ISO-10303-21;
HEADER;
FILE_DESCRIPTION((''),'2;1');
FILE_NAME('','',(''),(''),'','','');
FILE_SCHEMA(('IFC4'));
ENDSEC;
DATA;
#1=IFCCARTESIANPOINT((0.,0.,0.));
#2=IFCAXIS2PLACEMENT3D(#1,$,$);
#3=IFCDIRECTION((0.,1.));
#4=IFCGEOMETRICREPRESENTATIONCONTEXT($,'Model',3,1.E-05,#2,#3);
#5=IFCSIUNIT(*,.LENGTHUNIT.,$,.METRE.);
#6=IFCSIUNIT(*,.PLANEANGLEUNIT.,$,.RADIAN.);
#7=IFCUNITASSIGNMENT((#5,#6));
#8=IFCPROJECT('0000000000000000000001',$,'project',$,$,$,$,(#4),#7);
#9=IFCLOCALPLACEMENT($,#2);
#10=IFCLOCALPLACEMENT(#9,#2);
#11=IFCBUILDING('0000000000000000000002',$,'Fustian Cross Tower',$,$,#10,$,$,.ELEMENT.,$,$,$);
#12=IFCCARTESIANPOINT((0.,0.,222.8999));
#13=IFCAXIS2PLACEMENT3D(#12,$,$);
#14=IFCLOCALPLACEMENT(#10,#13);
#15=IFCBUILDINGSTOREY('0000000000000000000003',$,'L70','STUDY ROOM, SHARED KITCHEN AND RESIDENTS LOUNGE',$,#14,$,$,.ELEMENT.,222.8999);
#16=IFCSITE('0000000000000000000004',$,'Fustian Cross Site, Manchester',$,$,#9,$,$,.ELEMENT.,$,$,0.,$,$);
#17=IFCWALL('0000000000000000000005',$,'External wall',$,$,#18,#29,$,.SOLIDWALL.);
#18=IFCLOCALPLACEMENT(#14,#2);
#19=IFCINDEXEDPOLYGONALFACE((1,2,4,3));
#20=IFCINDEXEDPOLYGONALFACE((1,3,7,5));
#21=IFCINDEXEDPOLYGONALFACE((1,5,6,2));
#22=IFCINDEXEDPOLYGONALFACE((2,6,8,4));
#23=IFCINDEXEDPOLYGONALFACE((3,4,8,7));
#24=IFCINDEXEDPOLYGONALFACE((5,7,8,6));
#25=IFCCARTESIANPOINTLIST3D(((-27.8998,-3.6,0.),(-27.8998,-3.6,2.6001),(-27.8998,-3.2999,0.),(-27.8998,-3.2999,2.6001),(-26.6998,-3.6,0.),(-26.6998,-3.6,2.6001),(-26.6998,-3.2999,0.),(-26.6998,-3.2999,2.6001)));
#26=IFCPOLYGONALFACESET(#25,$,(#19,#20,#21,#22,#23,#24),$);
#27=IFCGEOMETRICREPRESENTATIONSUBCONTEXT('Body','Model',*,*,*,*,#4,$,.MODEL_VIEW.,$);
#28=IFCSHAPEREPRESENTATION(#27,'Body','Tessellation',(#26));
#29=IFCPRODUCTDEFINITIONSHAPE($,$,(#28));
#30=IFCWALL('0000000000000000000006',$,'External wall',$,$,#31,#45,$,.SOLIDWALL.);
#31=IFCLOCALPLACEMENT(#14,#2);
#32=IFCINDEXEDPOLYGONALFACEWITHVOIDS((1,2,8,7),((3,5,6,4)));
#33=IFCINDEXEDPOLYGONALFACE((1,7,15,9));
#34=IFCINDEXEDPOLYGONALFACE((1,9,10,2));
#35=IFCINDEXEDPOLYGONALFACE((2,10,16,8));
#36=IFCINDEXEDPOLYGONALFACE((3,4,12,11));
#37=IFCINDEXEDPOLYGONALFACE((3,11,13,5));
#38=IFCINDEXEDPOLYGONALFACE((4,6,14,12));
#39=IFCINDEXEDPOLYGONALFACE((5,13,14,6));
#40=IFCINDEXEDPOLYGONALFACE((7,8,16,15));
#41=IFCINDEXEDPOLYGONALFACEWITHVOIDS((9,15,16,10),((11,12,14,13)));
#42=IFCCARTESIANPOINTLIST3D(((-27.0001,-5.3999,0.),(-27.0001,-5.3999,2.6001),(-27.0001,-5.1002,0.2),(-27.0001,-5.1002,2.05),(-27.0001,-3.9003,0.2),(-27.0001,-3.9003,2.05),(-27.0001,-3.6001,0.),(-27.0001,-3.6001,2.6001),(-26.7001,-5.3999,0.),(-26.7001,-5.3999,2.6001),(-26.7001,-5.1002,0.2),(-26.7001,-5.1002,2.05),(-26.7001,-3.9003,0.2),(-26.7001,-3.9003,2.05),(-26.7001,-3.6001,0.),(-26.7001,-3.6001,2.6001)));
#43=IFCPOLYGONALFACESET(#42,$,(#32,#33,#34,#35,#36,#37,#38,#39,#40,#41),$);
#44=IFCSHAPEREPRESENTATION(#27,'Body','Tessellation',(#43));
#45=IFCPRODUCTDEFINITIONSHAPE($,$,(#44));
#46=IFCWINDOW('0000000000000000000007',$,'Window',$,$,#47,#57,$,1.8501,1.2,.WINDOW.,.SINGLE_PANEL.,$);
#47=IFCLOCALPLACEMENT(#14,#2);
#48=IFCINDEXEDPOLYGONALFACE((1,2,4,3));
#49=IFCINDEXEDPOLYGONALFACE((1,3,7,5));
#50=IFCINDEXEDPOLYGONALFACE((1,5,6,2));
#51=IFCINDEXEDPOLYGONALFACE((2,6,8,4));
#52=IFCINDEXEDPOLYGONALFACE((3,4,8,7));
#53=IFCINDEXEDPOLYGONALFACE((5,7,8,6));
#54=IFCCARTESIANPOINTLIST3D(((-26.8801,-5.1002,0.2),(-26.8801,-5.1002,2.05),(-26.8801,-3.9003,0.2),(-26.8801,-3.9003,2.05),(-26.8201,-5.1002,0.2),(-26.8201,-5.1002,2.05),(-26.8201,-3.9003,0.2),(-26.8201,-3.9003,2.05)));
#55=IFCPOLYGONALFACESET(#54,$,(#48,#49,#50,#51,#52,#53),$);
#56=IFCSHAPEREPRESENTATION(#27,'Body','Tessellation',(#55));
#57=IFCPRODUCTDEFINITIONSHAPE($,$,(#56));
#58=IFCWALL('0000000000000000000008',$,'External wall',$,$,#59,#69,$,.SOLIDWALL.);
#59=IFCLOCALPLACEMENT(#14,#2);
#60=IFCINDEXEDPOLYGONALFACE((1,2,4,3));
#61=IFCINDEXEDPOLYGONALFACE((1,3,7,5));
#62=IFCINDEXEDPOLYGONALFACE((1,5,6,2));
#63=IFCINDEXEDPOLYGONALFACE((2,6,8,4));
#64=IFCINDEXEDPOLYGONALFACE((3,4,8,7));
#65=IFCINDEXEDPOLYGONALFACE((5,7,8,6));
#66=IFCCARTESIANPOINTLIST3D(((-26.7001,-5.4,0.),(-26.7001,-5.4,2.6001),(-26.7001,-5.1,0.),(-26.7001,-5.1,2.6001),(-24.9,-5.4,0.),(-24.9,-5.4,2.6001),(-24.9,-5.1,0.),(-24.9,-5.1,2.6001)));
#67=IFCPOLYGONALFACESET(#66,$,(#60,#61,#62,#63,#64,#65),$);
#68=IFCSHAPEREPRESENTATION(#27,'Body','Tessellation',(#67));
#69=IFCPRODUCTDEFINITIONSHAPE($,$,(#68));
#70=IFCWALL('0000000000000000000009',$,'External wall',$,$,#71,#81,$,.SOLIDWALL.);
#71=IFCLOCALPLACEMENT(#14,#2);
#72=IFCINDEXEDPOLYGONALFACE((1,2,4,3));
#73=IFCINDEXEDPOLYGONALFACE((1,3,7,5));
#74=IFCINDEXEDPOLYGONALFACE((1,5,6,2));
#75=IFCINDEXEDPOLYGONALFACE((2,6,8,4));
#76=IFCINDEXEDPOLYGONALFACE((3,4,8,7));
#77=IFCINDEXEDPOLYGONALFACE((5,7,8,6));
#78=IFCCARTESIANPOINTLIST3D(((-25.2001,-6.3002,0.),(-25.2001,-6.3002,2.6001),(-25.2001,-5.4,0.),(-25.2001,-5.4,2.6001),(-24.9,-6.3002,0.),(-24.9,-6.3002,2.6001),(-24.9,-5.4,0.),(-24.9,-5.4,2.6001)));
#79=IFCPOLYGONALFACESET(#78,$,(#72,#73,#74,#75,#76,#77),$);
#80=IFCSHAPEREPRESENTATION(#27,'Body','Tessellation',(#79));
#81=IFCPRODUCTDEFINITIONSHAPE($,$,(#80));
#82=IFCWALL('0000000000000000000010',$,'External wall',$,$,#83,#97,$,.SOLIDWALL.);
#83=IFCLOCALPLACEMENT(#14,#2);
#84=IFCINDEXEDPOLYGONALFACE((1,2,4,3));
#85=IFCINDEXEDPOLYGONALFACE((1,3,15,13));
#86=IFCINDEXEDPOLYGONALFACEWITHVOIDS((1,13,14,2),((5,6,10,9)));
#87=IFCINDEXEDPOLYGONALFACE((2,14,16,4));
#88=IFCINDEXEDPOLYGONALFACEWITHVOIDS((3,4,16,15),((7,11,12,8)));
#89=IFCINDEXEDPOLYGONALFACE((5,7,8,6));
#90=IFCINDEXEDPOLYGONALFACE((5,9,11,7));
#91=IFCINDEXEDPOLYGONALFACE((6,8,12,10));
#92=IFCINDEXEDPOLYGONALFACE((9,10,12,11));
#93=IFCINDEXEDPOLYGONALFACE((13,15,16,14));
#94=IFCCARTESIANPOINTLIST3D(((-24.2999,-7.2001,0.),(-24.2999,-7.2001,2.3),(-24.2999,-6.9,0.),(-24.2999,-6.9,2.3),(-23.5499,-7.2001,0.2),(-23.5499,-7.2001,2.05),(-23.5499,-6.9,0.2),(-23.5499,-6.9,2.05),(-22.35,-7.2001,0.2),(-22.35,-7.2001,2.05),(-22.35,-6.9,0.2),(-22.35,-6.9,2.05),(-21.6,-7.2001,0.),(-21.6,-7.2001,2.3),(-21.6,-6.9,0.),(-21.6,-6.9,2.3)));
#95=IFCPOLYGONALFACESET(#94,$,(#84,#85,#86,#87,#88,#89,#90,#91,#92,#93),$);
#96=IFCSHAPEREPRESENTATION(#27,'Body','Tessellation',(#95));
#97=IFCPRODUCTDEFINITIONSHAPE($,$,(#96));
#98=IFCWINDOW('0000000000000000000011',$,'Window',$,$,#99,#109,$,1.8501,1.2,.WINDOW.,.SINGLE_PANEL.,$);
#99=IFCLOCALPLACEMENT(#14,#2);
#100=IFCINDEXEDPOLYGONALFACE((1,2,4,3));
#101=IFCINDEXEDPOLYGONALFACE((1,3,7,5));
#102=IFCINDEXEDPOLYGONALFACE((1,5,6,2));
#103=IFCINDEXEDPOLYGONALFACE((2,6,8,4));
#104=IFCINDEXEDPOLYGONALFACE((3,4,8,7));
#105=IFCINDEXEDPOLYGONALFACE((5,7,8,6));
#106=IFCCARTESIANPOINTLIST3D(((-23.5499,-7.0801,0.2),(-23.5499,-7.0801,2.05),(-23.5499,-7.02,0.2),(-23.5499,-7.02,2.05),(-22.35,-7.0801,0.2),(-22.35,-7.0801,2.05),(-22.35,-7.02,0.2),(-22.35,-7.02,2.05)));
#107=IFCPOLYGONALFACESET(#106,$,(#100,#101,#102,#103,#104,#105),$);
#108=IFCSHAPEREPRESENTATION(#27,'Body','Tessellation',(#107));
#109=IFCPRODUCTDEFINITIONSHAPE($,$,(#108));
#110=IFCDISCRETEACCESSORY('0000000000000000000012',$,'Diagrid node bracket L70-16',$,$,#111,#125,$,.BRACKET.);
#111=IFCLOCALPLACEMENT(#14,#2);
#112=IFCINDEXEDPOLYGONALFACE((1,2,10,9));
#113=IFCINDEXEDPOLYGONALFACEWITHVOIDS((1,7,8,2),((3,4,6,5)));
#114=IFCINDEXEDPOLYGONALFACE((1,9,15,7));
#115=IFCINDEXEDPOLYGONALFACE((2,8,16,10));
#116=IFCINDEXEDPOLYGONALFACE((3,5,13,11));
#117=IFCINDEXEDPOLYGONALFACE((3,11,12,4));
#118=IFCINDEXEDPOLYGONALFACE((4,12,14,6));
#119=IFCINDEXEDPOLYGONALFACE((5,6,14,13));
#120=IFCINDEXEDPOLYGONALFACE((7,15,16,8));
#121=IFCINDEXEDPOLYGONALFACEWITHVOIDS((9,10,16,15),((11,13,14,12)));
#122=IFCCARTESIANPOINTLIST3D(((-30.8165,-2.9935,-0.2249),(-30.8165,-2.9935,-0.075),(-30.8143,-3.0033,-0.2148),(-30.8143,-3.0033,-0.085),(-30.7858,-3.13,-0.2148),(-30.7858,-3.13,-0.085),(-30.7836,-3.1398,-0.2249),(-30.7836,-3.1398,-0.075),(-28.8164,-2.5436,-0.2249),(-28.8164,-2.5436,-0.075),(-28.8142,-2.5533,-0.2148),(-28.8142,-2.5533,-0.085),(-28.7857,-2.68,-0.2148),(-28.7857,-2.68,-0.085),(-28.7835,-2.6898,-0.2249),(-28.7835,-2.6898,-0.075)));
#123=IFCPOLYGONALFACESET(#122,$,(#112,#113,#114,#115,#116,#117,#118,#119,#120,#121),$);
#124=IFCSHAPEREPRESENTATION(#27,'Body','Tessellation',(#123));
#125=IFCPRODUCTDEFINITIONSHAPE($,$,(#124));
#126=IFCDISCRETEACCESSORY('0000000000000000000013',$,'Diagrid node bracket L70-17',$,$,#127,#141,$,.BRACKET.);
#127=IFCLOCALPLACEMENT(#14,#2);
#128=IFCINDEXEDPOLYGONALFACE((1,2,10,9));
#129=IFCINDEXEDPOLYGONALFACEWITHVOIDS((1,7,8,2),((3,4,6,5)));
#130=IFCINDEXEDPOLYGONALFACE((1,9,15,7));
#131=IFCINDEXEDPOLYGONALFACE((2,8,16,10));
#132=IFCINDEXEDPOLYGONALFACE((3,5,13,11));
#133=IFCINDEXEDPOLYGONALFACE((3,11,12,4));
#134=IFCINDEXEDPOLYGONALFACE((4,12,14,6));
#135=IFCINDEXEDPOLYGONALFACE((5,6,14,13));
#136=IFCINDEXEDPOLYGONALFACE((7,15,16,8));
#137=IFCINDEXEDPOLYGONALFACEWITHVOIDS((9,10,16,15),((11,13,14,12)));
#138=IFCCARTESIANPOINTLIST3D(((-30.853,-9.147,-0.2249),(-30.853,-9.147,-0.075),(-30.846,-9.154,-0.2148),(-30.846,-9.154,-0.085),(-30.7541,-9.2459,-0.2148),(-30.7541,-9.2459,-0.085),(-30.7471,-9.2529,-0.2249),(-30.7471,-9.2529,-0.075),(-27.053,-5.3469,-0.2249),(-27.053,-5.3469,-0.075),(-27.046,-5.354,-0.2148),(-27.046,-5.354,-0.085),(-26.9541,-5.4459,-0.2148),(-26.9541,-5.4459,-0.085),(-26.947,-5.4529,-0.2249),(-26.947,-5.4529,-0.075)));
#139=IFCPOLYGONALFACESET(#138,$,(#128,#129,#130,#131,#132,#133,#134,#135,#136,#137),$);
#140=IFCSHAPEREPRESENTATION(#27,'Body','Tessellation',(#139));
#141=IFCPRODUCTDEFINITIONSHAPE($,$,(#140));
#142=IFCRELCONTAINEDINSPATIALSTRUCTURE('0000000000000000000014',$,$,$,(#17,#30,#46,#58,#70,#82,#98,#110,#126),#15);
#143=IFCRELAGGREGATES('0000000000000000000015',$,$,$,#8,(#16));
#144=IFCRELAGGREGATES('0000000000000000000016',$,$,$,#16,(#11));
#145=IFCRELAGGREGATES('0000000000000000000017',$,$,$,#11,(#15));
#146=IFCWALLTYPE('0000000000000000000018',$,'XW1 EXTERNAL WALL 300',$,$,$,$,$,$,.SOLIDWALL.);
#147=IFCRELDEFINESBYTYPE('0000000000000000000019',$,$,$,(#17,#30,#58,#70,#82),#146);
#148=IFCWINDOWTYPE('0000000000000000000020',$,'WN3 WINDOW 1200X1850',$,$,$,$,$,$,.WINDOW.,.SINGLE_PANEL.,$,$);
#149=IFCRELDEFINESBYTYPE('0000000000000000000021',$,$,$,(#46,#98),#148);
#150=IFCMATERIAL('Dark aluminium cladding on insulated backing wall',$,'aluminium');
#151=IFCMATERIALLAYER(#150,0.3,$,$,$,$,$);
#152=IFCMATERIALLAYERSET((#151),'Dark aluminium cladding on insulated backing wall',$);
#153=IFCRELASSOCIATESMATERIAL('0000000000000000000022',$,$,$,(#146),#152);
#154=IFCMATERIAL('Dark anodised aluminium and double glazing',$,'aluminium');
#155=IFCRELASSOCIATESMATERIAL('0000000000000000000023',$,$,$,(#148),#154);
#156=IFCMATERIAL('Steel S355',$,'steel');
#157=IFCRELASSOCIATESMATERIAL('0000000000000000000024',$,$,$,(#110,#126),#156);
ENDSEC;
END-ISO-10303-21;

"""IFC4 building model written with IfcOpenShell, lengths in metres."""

from ifc_helpers import new_model, si_unit, direction, frame, frame_2d, origin, origin_2d, place, context, subcontext, project, spatial, rectangle, hollow_rectangle, extrude, material, layer, layer_set, type_object, element, fill, save


model = new_model("IFC4")

# Units and contexts
model_context = context("Model", 3, precision=1e-05, world=origin(), true_north=direction((0.0, 1.0)))
body_context = subcontext(model_context, "Body", "Model", "MODEL_VIEW")
ifc_project = project(units=[si_unit("LENGTHUNIT", "METRE"), si_unit("PLANEANGLEUNIT", "RADIAN")], contexts=[model_context])

# Site, building, storey
site_placement = place(None, origin())
site = spatial("IfcSite", under=ifc_project, at=site_placement, Name="Fustian Cross Site, Manchester", CompositionType="ELEMENT", RefElevation=0.0)
building_placement = place(site_placement, origin())
building = spatial("IfcBuilding", under=site, at=building_placement, Name="Fustian Cross Tower", CompositionType="ELEMENT")
storey_placement = place(building_placement, frame((0.0, 0.0, 222.8999)))
storey = spatial("IfcBuildingStorey", under=building, at=storey_placement, Name="L70", Description="STUDY ROOM, SHARED KITCHEN AND RESIDENTS LOUNGE", CompositionType="ELEMENT", Elevation=222.8999)

# Wall
ifc_material_1 = material(Name="Dark aluminium cladding on insulated backing wall", Category="aluminium")
ifc_layer_1 = layer(ifc_material_1, 0.3)
ifc_layer_set_1 = layer_set([ifc_layer_1], Name="Dark aluminium cladding on insulated backing wall")
wall_type_1 = type_object("IfcWallType", Name="XW1 EXTERNAL WALL 300", PredefinedType="SOLIDWALL", material=ifc_layer_set_1)
wall_1_placement = place(storey_placement, frame((-27.8999, -3.45, 0.0), z_axis=(0.0, 0.0, 1.0), x_axis=(1.0, 0.0, 0.0)))
element("IfcWall", 1, at=wall_1_placement, inside=storey, type_object=wall_type_1, Name="External wall", PredefinedType="SOLIDWALL", context=body_context, shape_type="SweptSolid", body=[
    extrude(rectangle(XDim=1.2, YDim=0.3, at=frame_2d((0.6001, 0.0))), origin(), (0.0, 0.0, 1.0), 2.6001),
])

# Wall, opening, window
wall_2_placement = place(storey_placement, frame((-26.8501, -3.6001, 0.0), z_axis=(0.0, 0.0, 1.0), x_axis=(0.0, -1.0, 0.0)))
wall_2 = element("IfcWall", 2, at=wall_2_placement, inside=storey, type_object=wall_type_1, Name="External wall", PredefinedType="SOLIDWALL", context=body_context, shape_type="SweptSolid", body=[
    extrude(rectangle(XDim=1.7998, YDim=0.3, at=frame_2d((0.8999, 0.0))), origin(), (0.0, 0.0, 1.0), 2.6001),
])
opening_1_placement = place(wall_2_placement, frame((0.3, 0.0, 0.2)))
opening_1 = element("IfcOpeningElement", 3, at=opening_1_placement, cuts=wall_2, PredefinedType="OPENING", context=body_context, shape_type="SweptSolid", body=[
    extrude(rectangle(XDim=1.2, YDim=1.8501, at=frame_2d((0.6001, 0.925))), frame((0.0, 0.1599, 0.0), z_axis=(0.0, -1.0, 0.0), x_axis=(1.0, 0.0, 0.0)), (0.0, 0.0, 1.0), 0.3201),
])
ifc_material_2 = material(Name="Dark anodised aluminium and double glazing", Category="aluminium")
window_type = type_object("IfcWindowType", Name="WN3 WINDOW 1200X1850", PartitioningType="SINGLE_PANEL", PredefinedType="WINDOW", material=ifc_material_2)
window_1_placement = place(opening_1_placement, origin())
window_1 = element("IfcWindow", 4, at=window_1_placement, inside=storey, type_object=window_type, Name="Window", OverallHeight=1.8501, OverallWidth=1.2, PartitioningType="SINGLE_PANEL", PredefinedType="WINDOW", context=body_context, shape_type="SweptSolid", body=[
    extrude(rectangle(XDim=1.2, YDim=1.8501, at=frame_2d((0.6001, 0.925))), frame((0.0, 0.03, 0.0), z_axis=(0.0, -1.0, 0.0), x_axis=(1.0, 0.0, 0.0)), (0.0, 0.0, 1.0), 0.0601),
])
fill(opening_1, window_1)

# Walls
wall_3_placement = place(storey_placement, frame((-26.7, -5.25, 0.0), z_axis=(0.0, 0.0, 1.0), x_axis=(1.0, 0.0, 0.0)))
element("IfcWall", 5, at=wall_3_placement, inside=storey, type_object=wall_type_1, Name="External wall", PredefinedType="SOLIDWALL", context=body_context, shape_type="SweptSolid", body=[
    extrude(rectangle(XDim=1.8, YDim=0.3, at=frame_2d((0.8999, 0.0))), origin(), (0.0, 0.0, 1.0), 2.6001),
])
wall_4_placement = place(storey_placement, frame((-25.05, -5.3999, 0.0), z_axis=(0.0, 0.0, 1.0), x_axis=(0.0, -1.0, 0.0)))
element("IfcWall", 6, at=wall_4_placement, inside=storey, type_object=wall_type_1, Name="External wall", PredefinedType="SOLIDWALL", context=body_context, shape_type="SweptSolid", body=[
    extrude(rectangle(XDim=0.9001, YDim=0.3, at=frame_2d((0.4502, 0.0))), origin(), (0.0, 0.0, 1.0), 2.6001),
])

# Wall, opening, window
wall_5_placement = place(storey_placement, frame((-24.3, -7.05, 0.0), z_axis=(0.0, 0.0, 1.0), x_axis=(1.0, 0.0, 0.0)))
wall_5 = element("IfcWall", 7, at=wall_5_placement, inside=storey, type_object=wall_type_1, Name="External wall", PredefinedType="SOLIDWALL", context=body_context, shape_type="SweptSolid", body=[
    extrude(rectangle(XDim=2.7, YDim=0.3, at=frame_2d((1.3501, 0.0))), origin(), (0.0, 0.0, 1.0), 2.3),
])
opening_2_placement = place(wall_5_placement, frame((0.75, 0.0, 0.2)))
opening_2 = element("IfcOpeningElement", 8, at=opening_2_placement, cuts=wall_5, PredefinedType="OPENING", context=body_context, shape_type="SweptSolid", body=[
    extrude(rectangle(XDim=1.2, YDim=1.8501, at=frame_2d((0.6001, 0.925))), frame((0.0, 0.1599, 0.0), z_axis=(0.0, -1.0, 0.0), x_axis=(1.0, 0.0, 0.0)), (0.0, 0.0, 1.0), 0.3201),
])
window_2_placement = place(opening_2_placement, origin())
window_2 = element("IfcWindow", 9, at=window_2_placement, inside=storey, type_object=window_type, Name="Window", OverallHeight=1.8501, OverallWidth=1.2, PartitioningType="SINGLE_PANEL", PredefinedType="WINDOW", context=body_context, shape_type="SweptSolid", body=[
    extrude(rectangle(XDim=1.2, YDim=1.8501, at=frame_2d((0.6001, 0.925))), frame((0.0, 0.03, 0.0), z_axis=(0.0, -1.0, 0.0), x_axis=(1.0, 0.0, 0.0)), (0.0, 0.0, 1.0), 0.0601),
])
fill(opening_2, window_2)

# Discrete accessories
ifc_material_3 = material(Name="Steel S355", Category="steel")
discrete_accessory_1_placement = place(storey_placement, frame((-30.8, -3.0667, -0.1499), z_axis=(0.975615, 0.21949, 0.0), x_axis=(-0.21949, 0.975615, 0.0)))
element("IfcDiscreteAccessory", 10, at=discrete_accessory_1_placement, inside=storey, material=ifc_material_3, Name="Diagrid node bracket L70-16", PredefinedType="BRACKET", context=body_context, shape_type="SweptSolid", body=[
    extrude(hollow_rectangle(XDim=0.1499, YDim=0.1499, WallThickness=0.01, at=origin_2d()), origin(), (0.0, 0.0, 1.0), 2.05),
])
discrete_accessory_2_placement = place(storey_placement, frame((-30.8, -9.2, -0.1499), z_axis=(0.707107, 0.707107, 0.0), x_axis=(-0.707107, 0.707107, 0.0)))
element("IfcDiscreteAccessory", 11, at=discrete_accessory_2_placement, inside=storey, material=ifc_material_3, Name="Diagrid node bracket L70-17", PredefinedType="BRACKET", context=body_context, shape_type="SweptSolid", body=[
    extrude(hollow_rectangle(XDim=0.1499, YDim=0.1499, WallThickness=0.01, at=origin_2d()), origin(), (0.0, 0.0, 1.0), 5.374),
])

save(model, "model.ifc")
